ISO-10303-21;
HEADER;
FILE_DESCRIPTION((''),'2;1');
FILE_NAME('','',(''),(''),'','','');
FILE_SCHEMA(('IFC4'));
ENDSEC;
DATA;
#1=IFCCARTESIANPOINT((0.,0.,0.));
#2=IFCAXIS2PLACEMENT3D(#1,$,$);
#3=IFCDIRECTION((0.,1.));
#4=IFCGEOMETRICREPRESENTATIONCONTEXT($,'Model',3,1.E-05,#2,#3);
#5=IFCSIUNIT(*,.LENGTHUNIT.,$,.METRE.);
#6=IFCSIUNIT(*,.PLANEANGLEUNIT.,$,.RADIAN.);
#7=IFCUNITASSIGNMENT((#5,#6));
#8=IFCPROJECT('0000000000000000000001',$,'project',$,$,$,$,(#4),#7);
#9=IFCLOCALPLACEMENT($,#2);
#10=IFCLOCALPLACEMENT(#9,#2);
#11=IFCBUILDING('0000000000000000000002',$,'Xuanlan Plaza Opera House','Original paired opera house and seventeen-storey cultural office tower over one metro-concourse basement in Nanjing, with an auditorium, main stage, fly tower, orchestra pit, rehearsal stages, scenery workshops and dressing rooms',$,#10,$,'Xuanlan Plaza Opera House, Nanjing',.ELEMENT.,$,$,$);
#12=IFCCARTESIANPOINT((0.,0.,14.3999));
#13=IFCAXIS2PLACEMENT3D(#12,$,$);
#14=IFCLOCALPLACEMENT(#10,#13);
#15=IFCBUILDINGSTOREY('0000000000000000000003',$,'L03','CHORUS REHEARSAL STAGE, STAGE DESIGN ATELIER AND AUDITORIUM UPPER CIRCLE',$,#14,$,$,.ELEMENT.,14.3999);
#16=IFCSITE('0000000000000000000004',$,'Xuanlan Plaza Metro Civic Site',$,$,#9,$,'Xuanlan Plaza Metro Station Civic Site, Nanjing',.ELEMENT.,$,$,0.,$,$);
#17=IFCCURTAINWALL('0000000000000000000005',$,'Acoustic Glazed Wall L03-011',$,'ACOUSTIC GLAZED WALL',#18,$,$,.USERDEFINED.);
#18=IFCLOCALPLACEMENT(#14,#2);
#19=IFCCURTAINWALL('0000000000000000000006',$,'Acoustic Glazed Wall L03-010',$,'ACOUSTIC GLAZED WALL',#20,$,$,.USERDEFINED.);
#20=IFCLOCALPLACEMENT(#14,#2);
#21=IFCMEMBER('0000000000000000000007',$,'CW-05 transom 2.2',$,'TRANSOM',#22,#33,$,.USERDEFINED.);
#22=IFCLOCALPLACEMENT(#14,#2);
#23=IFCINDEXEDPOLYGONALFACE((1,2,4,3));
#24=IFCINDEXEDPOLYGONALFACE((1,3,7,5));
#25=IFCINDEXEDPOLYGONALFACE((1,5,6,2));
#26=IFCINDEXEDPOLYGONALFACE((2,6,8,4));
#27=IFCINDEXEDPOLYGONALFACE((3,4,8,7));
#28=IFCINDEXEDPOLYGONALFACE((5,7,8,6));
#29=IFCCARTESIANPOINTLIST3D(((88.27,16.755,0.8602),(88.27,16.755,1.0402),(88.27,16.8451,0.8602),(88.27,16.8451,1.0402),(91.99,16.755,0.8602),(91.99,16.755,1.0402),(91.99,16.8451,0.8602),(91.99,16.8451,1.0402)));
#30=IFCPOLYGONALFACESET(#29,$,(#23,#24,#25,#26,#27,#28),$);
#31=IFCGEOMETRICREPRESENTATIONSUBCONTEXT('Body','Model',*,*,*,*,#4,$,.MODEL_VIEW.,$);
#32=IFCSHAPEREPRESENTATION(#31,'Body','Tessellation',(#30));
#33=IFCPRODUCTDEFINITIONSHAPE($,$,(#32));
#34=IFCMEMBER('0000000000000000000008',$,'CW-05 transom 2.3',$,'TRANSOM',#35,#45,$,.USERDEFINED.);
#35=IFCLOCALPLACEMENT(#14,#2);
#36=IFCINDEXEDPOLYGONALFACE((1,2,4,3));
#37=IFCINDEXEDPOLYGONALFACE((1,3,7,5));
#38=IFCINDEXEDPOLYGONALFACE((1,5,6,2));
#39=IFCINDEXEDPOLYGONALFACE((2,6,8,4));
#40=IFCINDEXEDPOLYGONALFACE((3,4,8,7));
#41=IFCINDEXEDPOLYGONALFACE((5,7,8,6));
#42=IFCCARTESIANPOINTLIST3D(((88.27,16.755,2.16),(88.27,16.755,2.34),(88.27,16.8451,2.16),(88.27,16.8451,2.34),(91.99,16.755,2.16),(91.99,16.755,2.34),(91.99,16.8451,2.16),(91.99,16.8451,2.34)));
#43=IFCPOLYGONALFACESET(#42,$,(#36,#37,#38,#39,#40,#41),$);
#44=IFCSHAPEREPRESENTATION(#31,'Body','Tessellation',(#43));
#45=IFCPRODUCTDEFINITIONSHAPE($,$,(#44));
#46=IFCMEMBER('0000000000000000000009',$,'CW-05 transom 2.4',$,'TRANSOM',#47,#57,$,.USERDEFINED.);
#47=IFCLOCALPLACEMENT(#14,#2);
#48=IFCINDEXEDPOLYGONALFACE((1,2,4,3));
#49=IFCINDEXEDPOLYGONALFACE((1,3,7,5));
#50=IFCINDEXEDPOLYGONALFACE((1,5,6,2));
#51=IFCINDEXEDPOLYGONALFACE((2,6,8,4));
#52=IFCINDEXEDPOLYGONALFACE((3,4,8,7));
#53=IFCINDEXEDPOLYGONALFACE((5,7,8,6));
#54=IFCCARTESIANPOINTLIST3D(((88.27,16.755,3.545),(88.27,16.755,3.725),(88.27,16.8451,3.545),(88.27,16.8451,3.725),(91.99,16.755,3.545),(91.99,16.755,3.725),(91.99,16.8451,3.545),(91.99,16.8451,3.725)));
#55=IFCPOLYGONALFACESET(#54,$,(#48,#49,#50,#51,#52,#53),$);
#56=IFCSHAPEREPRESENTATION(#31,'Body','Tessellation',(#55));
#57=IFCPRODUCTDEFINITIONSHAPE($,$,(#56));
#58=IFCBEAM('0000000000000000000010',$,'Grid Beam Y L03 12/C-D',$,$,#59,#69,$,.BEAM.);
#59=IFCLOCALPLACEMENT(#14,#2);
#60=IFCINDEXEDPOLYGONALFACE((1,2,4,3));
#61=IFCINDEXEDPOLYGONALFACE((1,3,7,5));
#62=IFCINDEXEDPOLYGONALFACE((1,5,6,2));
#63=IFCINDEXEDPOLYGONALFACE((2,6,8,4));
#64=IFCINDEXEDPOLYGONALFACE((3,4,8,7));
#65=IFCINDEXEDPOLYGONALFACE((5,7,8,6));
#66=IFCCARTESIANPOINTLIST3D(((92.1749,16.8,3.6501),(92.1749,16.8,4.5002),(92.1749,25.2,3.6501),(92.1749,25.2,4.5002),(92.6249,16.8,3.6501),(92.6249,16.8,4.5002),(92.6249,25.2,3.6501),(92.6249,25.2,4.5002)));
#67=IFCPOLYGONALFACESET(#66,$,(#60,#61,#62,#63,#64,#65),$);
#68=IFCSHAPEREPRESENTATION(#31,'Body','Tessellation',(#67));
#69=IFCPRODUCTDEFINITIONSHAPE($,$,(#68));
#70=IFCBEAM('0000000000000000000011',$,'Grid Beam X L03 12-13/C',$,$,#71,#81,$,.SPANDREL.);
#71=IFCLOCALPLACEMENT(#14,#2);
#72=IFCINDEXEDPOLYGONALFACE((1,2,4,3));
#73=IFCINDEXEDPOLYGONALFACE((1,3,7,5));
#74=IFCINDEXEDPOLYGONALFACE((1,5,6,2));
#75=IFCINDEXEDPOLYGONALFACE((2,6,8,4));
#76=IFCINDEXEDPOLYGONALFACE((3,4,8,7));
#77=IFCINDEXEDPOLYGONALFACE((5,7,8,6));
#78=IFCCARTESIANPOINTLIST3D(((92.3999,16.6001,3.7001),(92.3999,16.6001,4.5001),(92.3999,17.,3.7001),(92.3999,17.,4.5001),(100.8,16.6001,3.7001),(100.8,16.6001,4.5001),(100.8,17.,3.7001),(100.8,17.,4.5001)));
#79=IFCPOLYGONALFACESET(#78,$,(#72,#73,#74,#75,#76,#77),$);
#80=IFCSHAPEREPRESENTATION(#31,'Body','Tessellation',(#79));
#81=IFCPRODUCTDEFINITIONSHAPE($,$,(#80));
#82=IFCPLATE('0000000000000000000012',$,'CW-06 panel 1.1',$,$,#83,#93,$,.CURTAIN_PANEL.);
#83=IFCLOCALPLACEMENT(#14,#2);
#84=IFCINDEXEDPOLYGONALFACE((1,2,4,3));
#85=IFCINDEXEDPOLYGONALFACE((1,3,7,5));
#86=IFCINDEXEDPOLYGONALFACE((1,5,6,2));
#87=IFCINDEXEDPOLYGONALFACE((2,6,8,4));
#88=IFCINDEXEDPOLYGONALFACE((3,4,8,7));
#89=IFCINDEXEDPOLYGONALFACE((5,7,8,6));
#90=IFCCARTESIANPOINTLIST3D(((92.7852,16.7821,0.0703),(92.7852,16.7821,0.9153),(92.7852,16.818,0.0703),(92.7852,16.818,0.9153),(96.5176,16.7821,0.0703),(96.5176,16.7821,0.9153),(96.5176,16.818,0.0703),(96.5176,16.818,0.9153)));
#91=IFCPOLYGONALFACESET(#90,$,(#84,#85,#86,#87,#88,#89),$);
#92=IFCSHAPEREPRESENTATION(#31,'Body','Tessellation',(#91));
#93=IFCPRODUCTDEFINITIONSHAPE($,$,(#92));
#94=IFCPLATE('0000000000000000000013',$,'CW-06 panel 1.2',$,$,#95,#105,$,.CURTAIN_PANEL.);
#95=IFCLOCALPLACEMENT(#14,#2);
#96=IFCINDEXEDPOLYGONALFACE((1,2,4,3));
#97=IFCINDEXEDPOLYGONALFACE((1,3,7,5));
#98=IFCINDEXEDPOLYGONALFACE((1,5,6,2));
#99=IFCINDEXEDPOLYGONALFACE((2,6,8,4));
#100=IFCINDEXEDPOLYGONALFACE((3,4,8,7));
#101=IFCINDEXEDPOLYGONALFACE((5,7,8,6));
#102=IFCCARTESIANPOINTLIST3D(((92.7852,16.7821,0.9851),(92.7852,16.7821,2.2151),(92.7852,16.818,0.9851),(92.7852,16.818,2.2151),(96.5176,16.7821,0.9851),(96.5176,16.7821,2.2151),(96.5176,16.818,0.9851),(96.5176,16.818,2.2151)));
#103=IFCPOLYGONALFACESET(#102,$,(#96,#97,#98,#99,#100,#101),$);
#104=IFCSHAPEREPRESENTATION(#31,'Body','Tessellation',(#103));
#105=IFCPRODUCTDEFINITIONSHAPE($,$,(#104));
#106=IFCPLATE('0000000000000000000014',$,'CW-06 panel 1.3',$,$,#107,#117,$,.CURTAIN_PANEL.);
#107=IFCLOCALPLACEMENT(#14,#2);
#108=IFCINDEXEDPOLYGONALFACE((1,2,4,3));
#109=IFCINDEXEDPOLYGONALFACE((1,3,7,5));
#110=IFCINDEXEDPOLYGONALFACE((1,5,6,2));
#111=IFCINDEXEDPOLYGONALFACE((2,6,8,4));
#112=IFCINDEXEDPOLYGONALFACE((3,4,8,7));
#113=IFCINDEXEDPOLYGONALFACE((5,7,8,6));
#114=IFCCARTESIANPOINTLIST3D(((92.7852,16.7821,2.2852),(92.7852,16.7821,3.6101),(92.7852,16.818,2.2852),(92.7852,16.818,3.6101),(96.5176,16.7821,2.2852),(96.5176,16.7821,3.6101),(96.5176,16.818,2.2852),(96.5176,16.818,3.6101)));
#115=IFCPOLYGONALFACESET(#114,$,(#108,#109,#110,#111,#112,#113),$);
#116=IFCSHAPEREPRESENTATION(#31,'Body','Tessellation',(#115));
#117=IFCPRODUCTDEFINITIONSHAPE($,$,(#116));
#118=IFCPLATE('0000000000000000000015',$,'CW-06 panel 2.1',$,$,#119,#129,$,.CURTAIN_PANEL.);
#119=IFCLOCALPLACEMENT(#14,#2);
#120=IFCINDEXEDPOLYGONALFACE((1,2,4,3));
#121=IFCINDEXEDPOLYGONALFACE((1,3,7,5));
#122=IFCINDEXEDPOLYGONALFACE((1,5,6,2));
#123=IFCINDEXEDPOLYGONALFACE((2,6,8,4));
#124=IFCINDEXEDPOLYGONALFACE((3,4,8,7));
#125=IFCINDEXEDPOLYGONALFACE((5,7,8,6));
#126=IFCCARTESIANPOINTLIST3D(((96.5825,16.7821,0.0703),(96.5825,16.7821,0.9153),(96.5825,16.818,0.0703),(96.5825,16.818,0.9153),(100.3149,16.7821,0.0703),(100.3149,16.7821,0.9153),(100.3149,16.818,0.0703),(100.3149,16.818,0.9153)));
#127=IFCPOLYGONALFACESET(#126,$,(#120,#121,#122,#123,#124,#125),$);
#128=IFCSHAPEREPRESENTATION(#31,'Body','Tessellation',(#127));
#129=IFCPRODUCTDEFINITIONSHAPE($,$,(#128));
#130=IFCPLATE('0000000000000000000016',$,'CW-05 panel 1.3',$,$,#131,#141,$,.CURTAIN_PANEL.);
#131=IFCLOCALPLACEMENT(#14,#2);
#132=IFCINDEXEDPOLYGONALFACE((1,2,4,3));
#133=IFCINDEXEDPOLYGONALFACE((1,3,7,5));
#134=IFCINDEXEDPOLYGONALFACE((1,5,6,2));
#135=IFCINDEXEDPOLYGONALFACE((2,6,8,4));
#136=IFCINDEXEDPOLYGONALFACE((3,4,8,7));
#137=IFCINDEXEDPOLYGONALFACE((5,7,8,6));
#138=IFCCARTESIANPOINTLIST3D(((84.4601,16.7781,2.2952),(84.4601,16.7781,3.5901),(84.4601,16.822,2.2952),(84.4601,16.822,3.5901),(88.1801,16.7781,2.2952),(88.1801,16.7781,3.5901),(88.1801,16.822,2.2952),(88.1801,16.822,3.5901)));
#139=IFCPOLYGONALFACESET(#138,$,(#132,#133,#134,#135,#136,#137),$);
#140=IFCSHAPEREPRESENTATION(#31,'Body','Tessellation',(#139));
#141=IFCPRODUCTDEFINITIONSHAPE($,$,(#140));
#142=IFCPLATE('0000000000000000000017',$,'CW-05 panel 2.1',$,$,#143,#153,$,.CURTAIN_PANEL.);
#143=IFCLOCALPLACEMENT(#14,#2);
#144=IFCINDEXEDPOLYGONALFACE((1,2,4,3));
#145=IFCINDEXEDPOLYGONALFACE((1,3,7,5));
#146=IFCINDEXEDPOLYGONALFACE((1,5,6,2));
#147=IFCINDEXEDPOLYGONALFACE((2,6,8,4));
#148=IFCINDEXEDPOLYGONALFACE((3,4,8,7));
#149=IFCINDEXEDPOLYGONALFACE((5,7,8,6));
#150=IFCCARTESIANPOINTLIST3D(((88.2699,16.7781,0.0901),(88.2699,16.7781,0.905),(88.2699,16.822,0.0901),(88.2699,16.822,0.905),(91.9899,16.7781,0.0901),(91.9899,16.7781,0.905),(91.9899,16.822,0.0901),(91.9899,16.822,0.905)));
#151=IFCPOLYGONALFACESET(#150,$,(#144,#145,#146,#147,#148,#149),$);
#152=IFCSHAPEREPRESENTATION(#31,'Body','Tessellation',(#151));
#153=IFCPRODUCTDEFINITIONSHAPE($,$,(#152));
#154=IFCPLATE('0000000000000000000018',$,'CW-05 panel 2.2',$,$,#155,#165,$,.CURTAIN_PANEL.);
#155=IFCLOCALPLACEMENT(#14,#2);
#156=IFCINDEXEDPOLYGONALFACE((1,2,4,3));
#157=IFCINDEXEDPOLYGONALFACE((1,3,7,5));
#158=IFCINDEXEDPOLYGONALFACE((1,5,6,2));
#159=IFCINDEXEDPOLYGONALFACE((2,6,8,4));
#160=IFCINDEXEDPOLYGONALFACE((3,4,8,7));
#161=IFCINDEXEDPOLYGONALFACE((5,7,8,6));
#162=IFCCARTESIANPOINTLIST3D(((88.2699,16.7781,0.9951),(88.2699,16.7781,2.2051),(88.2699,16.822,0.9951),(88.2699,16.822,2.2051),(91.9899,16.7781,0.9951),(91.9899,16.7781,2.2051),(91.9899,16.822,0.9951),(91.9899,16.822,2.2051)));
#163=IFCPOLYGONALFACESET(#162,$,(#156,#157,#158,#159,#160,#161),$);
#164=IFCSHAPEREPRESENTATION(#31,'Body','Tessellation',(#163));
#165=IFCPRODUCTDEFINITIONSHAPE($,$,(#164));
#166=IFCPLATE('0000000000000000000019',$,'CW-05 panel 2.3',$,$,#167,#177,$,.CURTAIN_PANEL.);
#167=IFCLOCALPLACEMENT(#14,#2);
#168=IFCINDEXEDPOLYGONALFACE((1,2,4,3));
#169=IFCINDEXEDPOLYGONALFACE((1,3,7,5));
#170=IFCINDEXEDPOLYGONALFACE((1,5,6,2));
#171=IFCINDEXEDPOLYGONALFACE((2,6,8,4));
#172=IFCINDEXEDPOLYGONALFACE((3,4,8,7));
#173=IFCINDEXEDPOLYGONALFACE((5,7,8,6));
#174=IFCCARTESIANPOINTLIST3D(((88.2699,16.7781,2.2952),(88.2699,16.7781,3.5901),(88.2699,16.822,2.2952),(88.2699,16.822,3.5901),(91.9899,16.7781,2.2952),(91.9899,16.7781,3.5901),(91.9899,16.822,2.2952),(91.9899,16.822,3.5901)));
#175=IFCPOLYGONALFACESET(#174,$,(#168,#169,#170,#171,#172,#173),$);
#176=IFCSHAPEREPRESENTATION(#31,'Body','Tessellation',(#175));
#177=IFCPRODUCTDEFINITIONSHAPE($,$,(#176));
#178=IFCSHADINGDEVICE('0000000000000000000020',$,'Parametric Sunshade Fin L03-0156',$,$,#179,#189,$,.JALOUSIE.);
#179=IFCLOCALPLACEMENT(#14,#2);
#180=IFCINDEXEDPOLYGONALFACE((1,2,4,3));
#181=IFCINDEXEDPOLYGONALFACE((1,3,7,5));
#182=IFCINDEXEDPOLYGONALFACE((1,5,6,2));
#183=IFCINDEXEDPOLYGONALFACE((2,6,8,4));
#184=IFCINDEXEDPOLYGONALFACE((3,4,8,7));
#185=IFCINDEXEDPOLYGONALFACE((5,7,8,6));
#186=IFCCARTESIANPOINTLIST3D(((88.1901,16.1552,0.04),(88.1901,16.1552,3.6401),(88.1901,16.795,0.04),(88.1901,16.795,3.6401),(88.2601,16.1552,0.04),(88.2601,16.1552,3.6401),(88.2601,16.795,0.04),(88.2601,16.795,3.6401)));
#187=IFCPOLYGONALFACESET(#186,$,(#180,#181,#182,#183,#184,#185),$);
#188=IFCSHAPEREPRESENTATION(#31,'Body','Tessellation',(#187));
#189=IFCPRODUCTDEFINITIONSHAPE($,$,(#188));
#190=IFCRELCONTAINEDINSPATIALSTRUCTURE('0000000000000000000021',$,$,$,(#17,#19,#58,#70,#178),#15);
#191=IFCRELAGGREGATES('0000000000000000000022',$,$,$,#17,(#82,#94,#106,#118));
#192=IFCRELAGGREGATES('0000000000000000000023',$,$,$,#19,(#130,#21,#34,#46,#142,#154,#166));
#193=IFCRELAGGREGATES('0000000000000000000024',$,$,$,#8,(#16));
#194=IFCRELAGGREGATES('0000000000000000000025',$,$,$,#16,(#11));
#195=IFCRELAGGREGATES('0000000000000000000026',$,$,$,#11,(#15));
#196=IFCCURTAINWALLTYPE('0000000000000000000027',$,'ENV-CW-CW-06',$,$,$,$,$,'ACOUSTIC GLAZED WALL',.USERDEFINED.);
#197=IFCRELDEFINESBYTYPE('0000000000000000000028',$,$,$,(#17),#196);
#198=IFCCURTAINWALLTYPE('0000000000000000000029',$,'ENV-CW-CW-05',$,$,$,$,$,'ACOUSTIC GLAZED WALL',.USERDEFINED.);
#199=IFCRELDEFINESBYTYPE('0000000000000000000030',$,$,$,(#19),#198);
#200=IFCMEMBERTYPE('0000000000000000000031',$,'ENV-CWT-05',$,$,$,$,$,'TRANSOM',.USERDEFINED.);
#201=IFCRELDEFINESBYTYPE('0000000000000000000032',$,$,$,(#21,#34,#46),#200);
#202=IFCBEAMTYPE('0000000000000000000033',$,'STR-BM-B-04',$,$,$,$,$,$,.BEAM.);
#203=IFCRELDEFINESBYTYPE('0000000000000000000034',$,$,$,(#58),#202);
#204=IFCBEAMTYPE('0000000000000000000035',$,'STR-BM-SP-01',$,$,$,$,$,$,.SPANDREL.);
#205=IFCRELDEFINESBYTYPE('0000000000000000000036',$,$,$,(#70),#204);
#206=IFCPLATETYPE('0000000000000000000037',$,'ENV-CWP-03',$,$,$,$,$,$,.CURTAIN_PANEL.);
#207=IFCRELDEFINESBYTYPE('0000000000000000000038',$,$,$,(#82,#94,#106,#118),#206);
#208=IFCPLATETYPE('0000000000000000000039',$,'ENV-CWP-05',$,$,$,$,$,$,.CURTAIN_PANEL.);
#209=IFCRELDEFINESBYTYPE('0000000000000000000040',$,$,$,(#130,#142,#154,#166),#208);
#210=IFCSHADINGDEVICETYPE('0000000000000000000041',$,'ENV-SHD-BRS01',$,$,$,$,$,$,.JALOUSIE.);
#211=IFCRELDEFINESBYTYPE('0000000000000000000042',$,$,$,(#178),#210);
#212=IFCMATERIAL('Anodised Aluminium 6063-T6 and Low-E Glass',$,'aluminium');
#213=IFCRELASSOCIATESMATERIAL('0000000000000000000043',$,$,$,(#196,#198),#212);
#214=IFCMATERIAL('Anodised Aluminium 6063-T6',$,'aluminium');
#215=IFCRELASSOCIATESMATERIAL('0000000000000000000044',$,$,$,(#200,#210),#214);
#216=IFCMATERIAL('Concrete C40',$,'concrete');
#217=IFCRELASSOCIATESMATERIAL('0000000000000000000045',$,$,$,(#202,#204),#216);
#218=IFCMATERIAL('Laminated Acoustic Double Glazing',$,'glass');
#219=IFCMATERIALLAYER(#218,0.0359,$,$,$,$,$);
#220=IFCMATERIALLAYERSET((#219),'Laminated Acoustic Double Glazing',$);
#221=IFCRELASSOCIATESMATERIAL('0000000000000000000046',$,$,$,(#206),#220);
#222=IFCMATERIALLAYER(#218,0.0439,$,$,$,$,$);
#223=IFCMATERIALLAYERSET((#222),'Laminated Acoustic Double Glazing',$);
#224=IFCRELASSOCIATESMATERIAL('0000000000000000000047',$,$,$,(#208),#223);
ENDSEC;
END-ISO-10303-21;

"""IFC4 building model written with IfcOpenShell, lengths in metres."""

from ifc_helpers import new_model, si_unit, direction, frame, origin, origin_2d, place, context, subcontext, project, spatial, rectangle, extrude, material, layer, layer_set, material_profile, profile_set, type_object, element, aggregate, save


model = new_model("IFC4")

# Units and contexts
model_context = context("Model", 3, precision=1e-05, world=origin(), true_north=direction((0.0, 1.0)))
body_context = subcontext(model_context, "Body", "Model", "MODEL_VIEW")
ifc_project = project(units=[si_unit("LENGTHUNIT", "METRE"), si_unit("PLANEANGLEUNIT", "RADIAN")], contexts=[model_context])

# Site, building, storey
site_placement = place(None, origin())
site = spatial("IfcSite", under=ifc_project, at=site_placement, Name="Xuanlan Plaza Metro Civic Site", LongName="Xuanlan Plaza Metro Station Civic Site, Nanjing", CompositionType="ELEMENT", RefElevation=0.0)
building_placement = place(site_placement, origin())
building = spatial("IfcBuilding", under=site, at=building_placement, Name="Xuanlan Plaza Opera House", Description="Original paired opera house and seventeen-storey cultural office tower over one metro-concourse basement in Nanjing, with an auditorium, main stage, fly tower, orchestra pit, rehearsal stages, scenery workshops and dressing rooms", LongName="Xuanlan Plaza Opera House, Nanjing", CompositionType="ELEMENT")
storey_placement = place(building_placement, frame((0.0, 0.0, 14.3999)))
storey = spatial("IfcBuildingStorey", under=building, at=storey_placement, Name="L03", Description="CHORUS REHEARSAL STAGE, STAGE DESIGN ATELIER AND AUDITORIUM UPPER CIRCLE", CompositionType="ELEMENT", Elevation=14.3999)

# Shared definitions
ifc_material_1 = material(Name="Concrete C40", Category="concrete")

# Curtain walls
ifc_material_2 = material(Name="Anodised Aluminium 6063-T6 and Low-E Glass", Category="aluminium")
curtain_wall_type_1 = type_object("IfcCurtainWallType", Name="ENV-CW-CW-06", ElementType="ACOUSTIC GLAZED WALL", PredefinedType="USERDEFINED", material=ifc_material_2)
curtain_wall_1_placement = place(storey_placement, origin())
curtain_wall_1 = element("IfcCurtainWall", 1, at=curtain_wall_1_placement, inside=storey, type_object=curtain_wall_type_1, Name="Acoustic Glazed Wall L03-011", ObjectType="ACOUSTIC GLAZED WALL", PredefinedType="USERDEFINED")
ifc_material_3 = material(Name="Anodised Aluminium 6063-T6", Category="aluminium")
curtain_wall_type_2 = type_object("IfcCurtainWallType", Name="ENV-CW-CW-05", ElementType="ACOUSTIC GLAZED WALL", PredefinedType="USERDEFINED", material=ifc_material_2)
curtain_wall_2_placement = place(storey_placement, origin())
curtain_wall_2 = element("IfcCurtainWall", 2, at=curtain_wall_2_placement, inside=storey, type_object=curtain_wall_type_2, Name="Acoustic Glazed Wall L03-010", ObjectType="ACOUSTIC GLAZED WALL", PredefinedType="USERDEFINED")

# Members
ifc_material_profile_1 = material_profile(ifc_material_3, rectangle(XDim=0.0901, YDim=0.1799, at=origin_2d()), Name="ALU-T 90x180")
ifc_profile_set_1 = profile_set([ifc_material_profile_1], Name="Anodised Aluminium 6063-T6")
member_type_1 = type_object("IfcMemberType", Name="ENV-CWT-05", ElementType="TRANSOM", PredefinedType="USERDEFINED", material=ifc_profile_set_1)
member_1_placement = place(storey_placement, frame((88.27, 16.8, 0.9502), z_axis=(1.0, 0.0, 0.0), x_axis=(0.0, 1.0, 0.0)))
member_1 = element("IfcMember", 3, at=member_1_placement, type_object=member_type_1, Name="CW-05 transom 2.2", ObjectType="TRANSOM", PredefinedType="USERDEFINED", context=body_context, shape_type="SweptSolid", body=[
    extrude(rectangle(XDim=0.0901, YDim=0.1799, at=origin_2d()), origin(), (0.0, 0.0, 1.0), 3.72),
])
member_2_placement = place(storey_placement, frame((88.27, 16.8, 2.25), z_axis=(1.0, 0.0, 0.0), x_axis=(0.0, 1.0, 0.0)))
member_2 = element("IfcMember", 4, at=member_2_placement, type_object=member_type_1, Name="CW-05 transom 2.3", ObjectType="TRANSOM", PredefinedType="USERDEFINED", context=body_context, shape_type="SweptSolid", body=[
    extrude(rectangle(XDim=0.0901, YDim=0.1799, at=origin_2d()), origin(), (0.0, 0.0, 1.0), 3.72),
])
member_3_placement = place(storey_placement, frame((88.27, 16.8, 3.635), z_axis=(1.0, 0.0, 0.0), x_axis=(0.0, 1.0, 0.0)))
member_3 = element("IfcMember", 5, at=member_3_placement, type_object=member_type_1, Name="CW-05 transom 2.4", ObjectType="TRANSOM", PredefinedType="USERDEFINED", context=body_context, shape_type="SweptSolid", body=[
    extrude(rectangle(XDim=0.0901, YDim=0.1799, at=origin_2d()), origin(), (0.0, 0.0, 1.0), 3.72),
])

# Beams
ifc_material_profile_2 = material_profile(ifc_material_1, rectangle(XDim=0.45, YDim=0.8501, at=origin_2d()), Name="RC-BM 450x850")
ifc_profile_set_2 = profile_set([ifc_material_profile_2], Name="Concrete C40")
beam_type_1 = type_object("IfcBeamType", Name="STR-BM-B-04", PredefinedType="BEAM", material=ifc_profile_set_2)
beam_1_placement = place(storey_placement, frame((92.3999, 16.8, 4.0752), z_axis=(0.0, 1.0, 0.0), x_axis=(-1.0, 0.0, 0.0)))
element("IfcBeam", 6, at=beam_1_placement, inside=storey, type_object=beam_type_1, Name="Grid Beam Y L03 12/C-D", PredefinedType="BEAM", context=body_context, shape_type="SweptSolid", body=[
    extrude(rectangle(XDim=0.45, YDim=0.8501, at=origin_2d()), origin(), (0.0, 0.0, 1.0), 8.3999),
])
ifc_material_profile_3 = material_profile(ifc_material_1, rectangle(XDim=0.3999, YDim=0.8, at=origin_2d()), Name="RC-SPD 400x800")
ifc_profile_set_3 = profile_set([ifc_material_profile_3], Name="Concrete C40")
beam_type_2 = type_object("IfcBeamType", Name="STR-BM-SP-01", PredefinedType="SPANDREL", material=ifc_profile_set_3)
beam_2_placement = place(storey_placement, frame((92.3999, 16.8, 4.1001), z_axis=(1.0, 0.0, 0.0), x_axis=(0.0, 1.0, 0.0)))
element("IfcBeam", 7, at=beam_2_placement, inside=storey, type_object=beam_type_2, Name="Grid Beam X L03 12-13/C", PredefinedType="SPANDREL", context=body_context, shape_type="SweptSolid", body=[
    extrude(rectangle(XDim=0.3999, YDim=0.8, at=origin_2d()), origin(), (0.0, 0.0, 1.0), 8.4001),
])

# Plates
ifc_material_4 = material(Name="Laminated Acoustic Double Glazing", Category="glass")
ifc_layer_1 = layer(ifc_material_4, 0.0359)
ifc_layer_set_1 = layer_set([ifc_layer_1], Name="Laminated Acoustic Double Glazing")
plate_type_1 = type_object("IfcPlateType", Name="ENV-CWP-03", PredefinedType="CURTAIN_PANEL", material=ifc_layer_set_1)
plate_1_placement = place(storey_placement, frame((94.6514, 16.8, 0.0703), z_axis=(0.0, 0.0, 1.0), x_axis=(1.0, 0.0, 0.0)))
plate_1 = element("IfcPlate", 8, at=plate_1_placement, type_object=plate_type_1, Name="CW-06 panel 1.1", PredefinedType="CURTAIN_PANEL", context=body_context, shape_type="SweptSolid", body=[
    extrude(rectangle(XDim=3.7324, YDim=0.0359, at=origin_2d()), origin(), (0.0, 0.0, 1.0), 0.845),
])
plate_2_placement = place(storey_placement, frame((94.6514, 16.8, 0.9851), z_axis=(0.0, 0.0, 1.0), x_axis=(1.0, 0.0, 0.0)))
plate_2 = element("IfcPlate", 9, at=plate_2_placement, type_object=plate_type_1, Name="CW-06 panel 1.2", PredefinedType="CURTAIN_PANEL", context=body_context, shape_type="SweptSolid", body=[
    extrude(rectangle(XDim=3.7324, YDim=0.0359, at=origin_2d()), origin(), (0.0, 0.0, 1.0), 1.23),
])
plate_3_placement = place(storey_placement, frame((94.6514, 16.8, 2.2852), z_axis=(0.0, 0.0, 1.0), x_axis=(1.0, 0.0, 0.0)))
plate_3 = element("IfcPlate", 10, at=plate_3_placement, type_object=plate_type_1, Name="CW-06 panel 1.3", PredefinedType="CURTAIN_PANEL", context=body_context, shape_type="SweptSolid", body=[
    extrude(rectangle(XDim=3.7324, YDim=0.0359, at=origin_2d()), origin(), (0.0, 0.0, 1.0), 1.325),
])
plate_4_placement = place(storey_placement, frame((98.4487, 16.8, 0.0703), z_axis=(0.0, 0.0, 1.0), x_axis=(1.0, 0.0, 0.0)))
plate_4 = element("IfcPlate", 11, at=plate_4_placement, type_object=plate_type_1, Name="CW-06 panel 2.1", PredefinedType="CURTAIN_PANEL", context=body_context, shape_type="SweptSolid", body=[
    extrude(rectangle(XDim=3.7324, YDim=0.0359, at=origin_2d()), origin(), (0.0, 0.0, 1.0), 0.845),
])
aggregate(curtain_wall_1, [plate_1, plate_2, plate_3, plate_4])
ifc_layer_2 = layer(ifc_material_4, 0.0439)
ifc_layer_set_2 = layer_set([ifc_layer_2], Name="Laminated Acoustic Double Glazing")
plate_type_2 = type_object("IfcPlateType", Name="ENV-CWP-05", PredefinedType="CURTAIN_PANEL", material=ifc_layer_set_2)
plate_5_placement = place(storey_placement, frame((86.3201, 16.8, 2.2952), z_axis=(0.0, 0.0, 1.0), x_axis=(1.0, 0.0, 0.0)))
plate_5 = element("IfcPlate", 12, at=plate_5_placement, type_object=plate_type_2, Name="CW-05 panel 1.3", PredefinedType="CURTAIN_PANEL", context=body_context, shape_type="SweptSolid", body=[
    extrude(rectangle(XDim=3.72, YDim=0.0439, at=origin_2d()), origin(), (0.0, 0.0, 1.0), 1.2949),
])
plate_6_placement = place(storey_placement, frame((90.1299, 16.8, 0.0901), z_axis=(0.0, 0.0, 1.0), x_axis=(1.0, 0.0, 0.0)))
plate_6 = element("IfcPlate", 13, at=plate_6_placement, type_object=plate_type_2, Name="CW-05 panel 2.1", PredefinedType="CURTAIN_PANEL", context=body_context, shape_type="SweptSolid", body=[
    extrude(rectangle(XDim=3.72, YDim=0.0439, at=origin_2d()), origin(), (0.0, 0.0, 1.0), 0.8149),
])
plate_7_placement = place(storey_placement, frame((90.1299, 16.8, 0.9951), z_axis=(0.0, 0.0, 1.0), x_axis=(1.0, 0.0, 0.0)))
plate_7 = element("IfcPlate", 14, at=plate_7_placement, type_object=plate_type_2, Name="CW-05 panel 2.2", PredefinedType="CURTAIN_PANEL", context=body_context, shape_type="SweptSolid", body=[
    extrude(rectangle(XDim=3.72, YDim=0.0439, at=origin_2d()), origin(), (0.0, 0.0, 1.0), 1.21),
])
plate_8_placement = place(storey_placement, frame((90.1299, 16.8, 2.2952), z_axis=(0.0, 0.0, 1.0), x_axis=(1.0, 0.0, 0.0)))
plate_8 = element("IfcPlate", 15, at=plate_8_placement, type_object=plate_type_2, Name="CW-05 panel 2.3", PredefinedType="CURTAIN_PANEL", context=body_context, shape_type="SweptSolid", body=[
    extrude(rectangle(XDim=3.72, YDim=0.0439, at=origin_2d()), origin(), (0.0, 0.0, 1.0), 1.2949),
])
aggregate(curtain_wall_2, [plate_5, member_1, member_2, member_3, plate_6, plate_7, plate_8])

# Shading device
shading_device_type = type_object("IfcShadingDeviceType", Name="ENV-SHD-BRS01", PredefinedType="JALOUSIE", material=ifc_material_3)
for number, where, z_axis, x_axis, name in (
    (16, (88.2251, 16.4751, 0.04), (0.0, 0.0, 1.0), (0.0, -1.0, 0.0), "Parametric Sunshade Fin L03-0156"),
):
    element("IfcShadingDevice", number, at=place(storey_placement, frame(where, z_axis=z_axis, x_axis=x_axis)), inside=storey, type_object=shading_device_type, Name=name, PredefinedType="JALOUSIE", context=body_context, shape_type="SweptSolid", body=[
        extrude(rectangle(XDim=0.6399, YDim=0.0701, at=origin_2d()), origin(), (0.0, 0.0, 1.0), 3.6001),
    ])

save(model, "model.ifc")
